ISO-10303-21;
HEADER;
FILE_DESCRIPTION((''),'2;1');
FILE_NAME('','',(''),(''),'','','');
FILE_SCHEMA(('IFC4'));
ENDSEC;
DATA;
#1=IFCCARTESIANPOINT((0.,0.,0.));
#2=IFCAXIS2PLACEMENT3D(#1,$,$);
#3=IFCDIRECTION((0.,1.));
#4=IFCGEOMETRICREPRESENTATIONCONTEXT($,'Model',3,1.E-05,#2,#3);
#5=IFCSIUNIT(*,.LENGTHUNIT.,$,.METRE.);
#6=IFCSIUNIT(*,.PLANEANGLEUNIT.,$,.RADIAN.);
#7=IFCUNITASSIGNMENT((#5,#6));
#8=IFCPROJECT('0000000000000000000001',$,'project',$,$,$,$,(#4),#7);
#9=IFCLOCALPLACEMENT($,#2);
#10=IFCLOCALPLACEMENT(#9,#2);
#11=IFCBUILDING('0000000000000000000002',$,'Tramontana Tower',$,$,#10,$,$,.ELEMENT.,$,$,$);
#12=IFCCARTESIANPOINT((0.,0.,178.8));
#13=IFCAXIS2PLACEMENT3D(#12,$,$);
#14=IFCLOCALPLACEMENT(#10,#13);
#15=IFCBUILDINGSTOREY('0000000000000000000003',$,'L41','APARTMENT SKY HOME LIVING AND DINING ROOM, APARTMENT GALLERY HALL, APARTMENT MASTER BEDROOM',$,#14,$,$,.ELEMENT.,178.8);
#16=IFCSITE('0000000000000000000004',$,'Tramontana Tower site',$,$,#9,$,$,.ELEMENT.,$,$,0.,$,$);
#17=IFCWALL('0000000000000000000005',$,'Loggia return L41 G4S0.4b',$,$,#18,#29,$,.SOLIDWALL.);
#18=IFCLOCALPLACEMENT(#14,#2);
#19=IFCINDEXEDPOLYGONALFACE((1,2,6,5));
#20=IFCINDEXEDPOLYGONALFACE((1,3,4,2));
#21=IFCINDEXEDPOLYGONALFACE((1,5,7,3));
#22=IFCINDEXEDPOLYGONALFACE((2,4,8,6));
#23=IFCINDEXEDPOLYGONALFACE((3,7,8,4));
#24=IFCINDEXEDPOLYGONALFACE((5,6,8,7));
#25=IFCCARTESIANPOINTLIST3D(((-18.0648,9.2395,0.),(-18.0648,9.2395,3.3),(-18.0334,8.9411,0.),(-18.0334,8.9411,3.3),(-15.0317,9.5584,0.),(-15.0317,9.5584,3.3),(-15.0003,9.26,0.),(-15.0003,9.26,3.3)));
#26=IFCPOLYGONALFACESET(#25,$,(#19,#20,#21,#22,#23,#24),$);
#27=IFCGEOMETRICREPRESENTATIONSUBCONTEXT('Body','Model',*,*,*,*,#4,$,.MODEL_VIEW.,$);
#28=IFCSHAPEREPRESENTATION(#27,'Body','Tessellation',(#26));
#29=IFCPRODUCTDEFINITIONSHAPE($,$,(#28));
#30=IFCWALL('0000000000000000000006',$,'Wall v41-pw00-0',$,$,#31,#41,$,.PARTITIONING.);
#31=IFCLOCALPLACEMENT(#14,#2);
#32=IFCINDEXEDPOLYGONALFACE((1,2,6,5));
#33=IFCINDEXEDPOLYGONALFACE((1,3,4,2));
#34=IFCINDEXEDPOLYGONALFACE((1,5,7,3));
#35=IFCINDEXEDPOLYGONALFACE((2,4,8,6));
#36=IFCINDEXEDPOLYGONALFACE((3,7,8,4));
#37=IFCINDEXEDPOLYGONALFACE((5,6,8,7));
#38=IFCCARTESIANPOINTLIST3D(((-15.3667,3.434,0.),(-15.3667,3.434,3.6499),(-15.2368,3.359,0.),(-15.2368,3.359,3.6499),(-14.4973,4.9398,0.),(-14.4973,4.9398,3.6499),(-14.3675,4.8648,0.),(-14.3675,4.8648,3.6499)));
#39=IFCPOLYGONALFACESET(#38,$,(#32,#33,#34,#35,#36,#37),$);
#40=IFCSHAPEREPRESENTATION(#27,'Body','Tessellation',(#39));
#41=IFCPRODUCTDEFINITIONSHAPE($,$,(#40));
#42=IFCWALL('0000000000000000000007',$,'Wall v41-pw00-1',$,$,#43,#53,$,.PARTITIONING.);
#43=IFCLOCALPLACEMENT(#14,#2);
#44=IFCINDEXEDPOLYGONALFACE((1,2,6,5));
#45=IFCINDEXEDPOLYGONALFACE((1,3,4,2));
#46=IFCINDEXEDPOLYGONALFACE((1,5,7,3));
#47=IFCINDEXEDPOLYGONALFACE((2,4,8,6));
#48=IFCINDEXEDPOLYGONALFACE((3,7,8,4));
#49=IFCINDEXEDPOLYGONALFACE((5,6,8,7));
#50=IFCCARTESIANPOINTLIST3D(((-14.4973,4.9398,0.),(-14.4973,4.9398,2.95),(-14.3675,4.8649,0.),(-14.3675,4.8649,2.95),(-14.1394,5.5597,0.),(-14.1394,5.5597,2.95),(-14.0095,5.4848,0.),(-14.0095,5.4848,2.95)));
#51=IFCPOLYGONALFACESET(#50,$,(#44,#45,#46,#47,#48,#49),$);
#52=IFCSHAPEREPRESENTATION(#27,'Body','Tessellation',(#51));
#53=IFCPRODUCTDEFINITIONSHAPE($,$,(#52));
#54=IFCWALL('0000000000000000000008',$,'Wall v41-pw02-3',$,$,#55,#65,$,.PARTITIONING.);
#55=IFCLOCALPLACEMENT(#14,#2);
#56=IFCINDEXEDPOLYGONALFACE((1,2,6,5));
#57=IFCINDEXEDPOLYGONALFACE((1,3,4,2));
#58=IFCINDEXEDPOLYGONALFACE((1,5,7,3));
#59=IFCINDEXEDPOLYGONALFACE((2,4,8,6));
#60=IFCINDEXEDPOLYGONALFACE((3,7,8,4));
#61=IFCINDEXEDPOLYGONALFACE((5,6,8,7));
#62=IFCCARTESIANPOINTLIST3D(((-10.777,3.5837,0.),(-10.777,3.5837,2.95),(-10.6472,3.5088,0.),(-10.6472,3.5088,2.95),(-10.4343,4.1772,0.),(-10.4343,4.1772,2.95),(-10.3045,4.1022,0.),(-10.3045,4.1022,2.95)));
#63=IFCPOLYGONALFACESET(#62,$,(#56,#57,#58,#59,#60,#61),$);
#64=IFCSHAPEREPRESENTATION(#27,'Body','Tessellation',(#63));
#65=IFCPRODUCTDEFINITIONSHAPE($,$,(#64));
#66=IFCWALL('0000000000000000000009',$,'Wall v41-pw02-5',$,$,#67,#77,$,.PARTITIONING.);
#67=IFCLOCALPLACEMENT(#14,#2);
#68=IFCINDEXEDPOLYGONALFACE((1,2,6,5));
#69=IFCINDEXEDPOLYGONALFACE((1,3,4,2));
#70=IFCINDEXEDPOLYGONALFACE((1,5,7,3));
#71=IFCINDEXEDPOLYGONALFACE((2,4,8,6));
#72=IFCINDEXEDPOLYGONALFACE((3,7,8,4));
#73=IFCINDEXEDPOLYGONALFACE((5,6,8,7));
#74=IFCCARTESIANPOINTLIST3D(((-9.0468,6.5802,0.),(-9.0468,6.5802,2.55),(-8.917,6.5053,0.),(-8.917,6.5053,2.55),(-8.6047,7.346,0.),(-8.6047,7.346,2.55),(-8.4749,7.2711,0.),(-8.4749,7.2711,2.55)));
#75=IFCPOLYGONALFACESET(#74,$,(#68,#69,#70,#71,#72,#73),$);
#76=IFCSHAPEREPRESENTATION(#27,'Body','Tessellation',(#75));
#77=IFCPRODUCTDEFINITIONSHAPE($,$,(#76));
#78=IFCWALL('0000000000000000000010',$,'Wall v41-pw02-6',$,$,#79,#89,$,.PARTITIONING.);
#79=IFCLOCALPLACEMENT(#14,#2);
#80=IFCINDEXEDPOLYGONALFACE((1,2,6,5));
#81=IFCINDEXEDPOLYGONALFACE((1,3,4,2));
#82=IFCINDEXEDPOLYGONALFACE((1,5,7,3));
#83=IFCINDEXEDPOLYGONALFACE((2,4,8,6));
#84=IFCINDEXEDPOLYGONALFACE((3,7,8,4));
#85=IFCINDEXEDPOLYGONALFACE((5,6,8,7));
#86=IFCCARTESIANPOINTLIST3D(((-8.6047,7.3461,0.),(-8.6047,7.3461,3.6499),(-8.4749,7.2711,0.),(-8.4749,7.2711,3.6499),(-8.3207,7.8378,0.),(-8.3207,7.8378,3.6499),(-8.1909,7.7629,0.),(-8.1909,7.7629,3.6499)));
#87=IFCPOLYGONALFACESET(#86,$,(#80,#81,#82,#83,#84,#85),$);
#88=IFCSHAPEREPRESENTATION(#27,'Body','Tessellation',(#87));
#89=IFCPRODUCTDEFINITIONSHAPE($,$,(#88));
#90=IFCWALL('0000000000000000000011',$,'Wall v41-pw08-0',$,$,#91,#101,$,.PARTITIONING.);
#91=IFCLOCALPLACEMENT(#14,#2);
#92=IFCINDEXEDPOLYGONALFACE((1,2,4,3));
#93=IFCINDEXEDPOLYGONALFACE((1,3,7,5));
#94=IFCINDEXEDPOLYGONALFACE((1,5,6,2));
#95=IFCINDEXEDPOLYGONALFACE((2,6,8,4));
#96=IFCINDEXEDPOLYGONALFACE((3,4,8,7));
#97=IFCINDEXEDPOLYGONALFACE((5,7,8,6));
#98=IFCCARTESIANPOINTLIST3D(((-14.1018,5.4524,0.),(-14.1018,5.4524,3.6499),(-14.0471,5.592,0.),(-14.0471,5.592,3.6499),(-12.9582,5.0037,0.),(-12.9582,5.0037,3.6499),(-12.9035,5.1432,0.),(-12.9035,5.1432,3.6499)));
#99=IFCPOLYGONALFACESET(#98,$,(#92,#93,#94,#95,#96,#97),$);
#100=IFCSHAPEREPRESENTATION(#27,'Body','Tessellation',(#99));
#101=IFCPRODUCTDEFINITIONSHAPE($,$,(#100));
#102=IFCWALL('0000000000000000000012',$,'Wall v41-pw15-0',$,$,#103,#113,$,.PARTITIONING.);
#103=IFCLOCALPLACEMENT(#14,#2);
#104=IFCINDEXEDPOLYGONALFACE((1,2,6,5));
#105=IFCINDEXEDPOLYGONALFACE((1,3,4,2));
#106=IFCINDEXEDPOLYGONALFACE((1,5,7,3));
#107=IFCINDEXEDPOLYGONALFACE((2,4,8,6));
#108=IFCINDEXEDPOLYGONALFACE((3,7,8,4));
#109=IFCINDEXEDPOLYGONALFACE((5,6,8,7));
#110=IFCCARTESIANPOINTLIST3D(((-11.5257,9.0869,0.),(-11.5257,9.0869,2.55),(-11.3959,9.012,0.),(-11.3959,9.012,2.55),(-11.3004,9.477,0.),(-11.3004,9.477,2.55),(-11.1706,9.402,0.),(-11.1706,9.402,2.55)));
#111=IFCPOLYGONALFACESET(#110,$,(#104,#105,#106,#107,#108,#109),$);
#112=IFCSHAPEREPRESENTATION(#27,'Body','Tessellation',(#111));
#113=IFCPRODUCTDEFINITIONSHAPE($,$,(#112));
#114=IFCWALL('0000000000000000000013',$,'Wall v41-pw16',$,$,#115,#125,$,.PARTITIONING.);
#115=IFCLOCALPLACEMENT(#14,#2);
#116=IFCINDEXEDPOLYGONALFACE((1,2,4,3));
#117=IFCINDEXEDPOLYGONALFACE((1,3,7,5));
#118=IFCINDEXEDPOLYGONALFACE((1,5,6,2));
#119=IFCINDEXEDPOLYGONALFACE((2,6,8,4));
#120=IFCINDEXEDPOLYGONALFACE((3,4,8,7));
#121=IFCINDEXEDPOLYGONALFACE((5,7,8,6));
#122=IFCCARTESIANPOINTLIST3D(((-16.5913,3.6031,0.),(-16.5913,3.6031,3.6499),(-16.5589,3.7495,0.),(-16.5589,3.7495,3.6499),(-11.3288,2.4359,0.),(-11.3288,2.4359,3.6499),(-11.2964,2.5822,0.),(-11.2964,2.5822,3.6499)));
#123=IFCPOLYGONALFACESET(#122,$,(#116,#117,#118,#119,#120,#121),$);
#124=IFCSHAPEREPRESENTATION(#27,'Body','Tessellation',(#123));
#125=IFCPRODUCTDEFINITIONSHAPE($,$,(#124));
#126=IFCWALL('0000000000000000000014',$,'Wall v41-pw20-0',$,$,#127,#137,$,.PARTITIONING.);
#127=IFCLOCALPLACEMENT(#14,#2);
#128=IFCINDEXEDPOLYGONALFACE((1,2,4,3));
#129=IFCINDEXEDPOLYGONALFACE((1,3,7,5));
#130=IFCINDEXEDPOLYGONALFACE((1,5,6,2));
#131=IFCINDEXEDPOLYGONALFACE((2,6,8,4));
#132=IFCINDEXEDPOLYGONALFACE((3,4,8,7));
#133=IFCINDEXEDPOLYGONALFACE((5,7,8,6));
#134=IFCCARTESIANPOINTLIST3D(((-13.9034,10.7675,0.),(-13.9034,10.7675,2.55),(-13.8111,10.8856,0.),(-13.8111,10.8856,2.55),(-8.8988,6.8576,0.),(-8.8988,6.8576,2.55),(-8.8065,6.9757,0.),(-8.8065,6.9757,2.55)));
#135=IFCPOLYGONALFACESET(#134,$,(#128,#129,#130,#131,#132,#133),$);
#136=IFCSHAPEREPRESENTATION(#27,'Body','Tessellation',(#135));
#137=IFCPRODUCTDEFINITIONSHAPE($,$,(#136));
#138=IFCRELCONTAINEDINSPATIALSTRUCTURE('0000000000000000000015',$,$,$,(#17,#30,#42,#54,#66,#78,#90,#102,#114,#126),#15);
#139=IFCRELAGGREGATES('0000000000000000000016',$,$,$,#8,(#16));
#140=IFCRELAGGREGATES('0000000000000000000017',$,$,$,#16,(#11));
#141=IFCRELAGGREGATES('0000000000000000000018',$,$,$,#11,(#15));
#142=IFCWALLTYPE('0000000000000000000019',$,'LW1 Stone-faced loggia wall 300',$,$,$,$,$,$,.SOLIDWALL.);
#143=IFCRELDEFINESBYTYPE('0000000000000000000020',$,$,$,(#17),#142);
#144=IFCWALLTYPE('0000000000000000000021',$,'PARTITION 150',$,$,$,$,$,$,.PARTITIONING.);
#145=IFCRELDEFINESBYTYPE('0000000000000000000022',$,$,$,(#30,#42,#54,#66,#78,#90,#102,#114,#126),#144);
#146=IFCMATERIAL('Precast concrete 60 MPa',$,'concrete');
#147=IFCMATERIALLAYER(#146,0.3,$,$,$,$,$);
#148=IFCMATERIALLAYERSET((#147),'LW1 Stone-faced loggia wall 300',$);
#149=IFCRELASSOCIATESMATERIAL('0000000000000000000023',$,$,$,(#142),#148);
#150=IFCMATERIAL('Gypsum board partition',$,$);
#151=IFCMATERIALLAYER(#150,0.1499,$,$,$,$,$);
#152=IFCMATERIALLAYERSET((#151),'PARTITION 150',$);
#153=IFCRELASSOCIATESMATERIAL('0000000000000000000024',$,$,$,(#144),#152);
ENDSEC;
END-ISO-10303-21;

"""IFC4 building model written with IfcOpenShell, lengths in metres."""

from ifc_helpers import new_model, si_unit, direction, frame, frame_2d, origin, place, context, subcontext, project, spatial, rectangle, extrude, material, layer, layer_set, type_object, element, save


model = new_model("IFC4")

# Units and contexts
model_context = context("Model", 3, precision=1e-05, world=origin(), true_north=direction((0.0, 1.0)))
body_context = subcontext(model_context, "Body", "Model", "MODEL_VIEW")
ifc_project = project(units=[si_unit("LENGTHUNIT", "METRE"), si_unit("PLANEANGLEUNIT", "RADIAN")], contexts=[model_context])

# Site, building, storey
site_placement = place(None, origin())
site = spatial("IfcSite", under=ifc_project, at=site_placement, Name="Tramontana Tower site", CompositionType="ELEMENT", RefElevation=0.0)
building_placement = place(site_placement, origin())
building = spatial("IfcBuilding", under=site, at=building_placement, Name="Tramontana Tower", CompositionType="ELEMENT")
storey_placement = place(building_placement, frame((0.0, 0.0, 178.8)))
storey = spatial("IfcBuildingStorey", under=building, at=storey_placement, Name="L41", Description="APARTMENT SKY HOME LIVING AND DINING ROOM, APARTMENT GALLERY HALL, APARTMENT MASTER BEDROOM", CompositionType="ELEMENT", Elevation=178.8)

# Walls
ifc_material_1 = material(Name="Precast concrete 60 MPa", Category="concrete")
ifc_layer_1 = layer(ifc_material_1, 0.3)
ifc_layer_set_1 = layer_set([ifc_layer_1], Name="LW1 Stone-faced loggia wall 300")
wall_type_1 = type_object("IfcWallType", Name="LW1 Stone-faced loggia wall 300", PredefinedType="SOLIDWALL", material=ifc_layer_set_1)
wall_1_placement = place(storey_placement, frame((-18.0491, 9.0903, 0.0), z_axis=(0.0, 0.0, 1.0), x_axis=(0.99452, 0.104543, 0.0)))
element("IfcWall", 1, at=wall_1_placement, inside=storey, type_object=wall_type_1, Name="Loggia return L41 G4S0.4b", PredefinedType="SOLIDWALL", context=body_context, shape_type="SweptSolid", body=[
    extrude(rectangle(XDim=3.0498, YDim=0.3, at=frame_2d((1.5249, 0.0))), origin(), (0.0, 0.0, 1.0), 3.3),
])
ifc_material_2 = material(Name="Gypsum board partition")
ifc_layer_2 = layer(ifc_material_2, 0.1499)
ifc_layer_set_2 = layer_set([ifc_layer_2], Name="PARTITION 150")
wall_type_2 = type_object("IfcWallType", Name="PARTITION 150", PredefinedType="PARTITIONING", material=ifc_layer_set_2)
wall_2_placement = place(storey_placement, frame((-15.3018, 3.3965, 0.0), z_axis=(0.0, 0.0, 1.0), x_axis=(0.49999, 0.866031, 0.0)))
element("IfcWall", 2, at=wall_2_placement, inside=storey, type_object=wall_type_2, Name="Wall v41-pw00-0", PredefinedType="PARTITIONING", context=body_context, shape_type="SweptSolid", body=[
    extrude(rectangle(XDim=1.7388, YDim=0.1499, at=frame_2d((0.8694, 0.0))), origin(), (0.0, 0.0, 1.0), 3.6499),
])
wall_3_placement = place(storey_placement, frame((-14.4324, 4.9023, 0.0), z_axis=(0.0, 0.0, 1.0), x_axis=(0.500028, 0.86601, 0.0)))
element("IfcWall", 3, at=wall_3_placement, inside=storey, type_object=wall_type_2, Name="Wall v41-pw00-1", PredefinedType="PARTITIONING", context=body_context, shape_type="SweptSolid", body=[
    extrude(rectangle(XDim=0.7158, YDim=0.1499, at=frame_2d((0.3579, 0.0))), origin(), (0.0, 0.0, 1.0), 2.95),
])
wall_4_placement = place(storey_placement, frame((-10.7122, 3.5461, 0.0), z_axis=(0.0, 0.0, 1.0), x_axis=(0.500123, 0.865954, 0.0)))
element("IfcWall", 4, at=wall_4_placement, inside=storey, type_object=wall_type_2, Name="Wall v41-pw02-3", PredefinedType="PARTITIONING", context=body_context, shape_type="SweptSolid", body=[
    extrude(rectangle(XDim=0.6853, YDim=0.1499, at=frame_2d((0.3428, 0.0))), origin(), (0.0, 0.0, 1.0), 2.95),
])

# Walls
wall_5_placement = place(storey_placement, frame((-8.9819, 6.5427, 0.0), z_axis=(0.0, 0.0, 1.0), x_axis=(0.499969, 0.866043, 0.0)))
element("IfcWall", 5, at=wall_5_placement, inside=storey, type_object=wall_type_2, Name="Wall v41-pw02-5", PredefinedType="PARTITIONING", context=body_context, shape_type="SweptSolid", body=[
    extrude(rectangle(XDim=0.8843, YDim=0.1499, at=frame_2d((0.4421, 0.0))), origin(), (0.0, 0.0, 1.0), 2.55),
])
wall_6_placement = place(storey_placement, frame((-8.5398, 7.3086, 0.0), z_axis=(0.0, 0.0, 1.0), x_axis=(0.50007, 0.865985, 0.0)))
element("IfcWall", 6, at=wall_6_placement, inside=storey, type_object=wall_type_2, Name="Wall v41-pw02-6", PredefinedType="PARTITIONING", context=body_context, shape_type="SweptSolid", body=[
    extrude(rectangle(XDim=0.5679, YDim=0.1499, at=frame_2d((0.2839, 0.0))), origin(), (0.0, 0.0, 1.0), 3.6499),
])

# Wall
wall_7_placement = place(storey_placement, frame((-14.0745, 5.5222, 0.0), z_axis=(0.0, 0.0, 1.0), x_axis=(0.930896, -0.365283, 0.0)))
element("IfcWall", 7, at=wall_7_placement, inside=storey, type_object=wall_type_2, Name="Wall v41-pw08-0", PredefinedType="PARTITIONING", context=body_context, shape_type="SweptSolid", body=[
    extrude(rectangle(XDim=1.2285, YDim=0.1499, at=frame_2d((0.6143, 0.0))), origin(), (0.0, 0.0, 1.0), 3.6499),
])

# Wall
wall_8_placement = place(storey_placement, frame((-11.4607, 9.0496, 0.0), z_axis=(0.0, 0.0, 1.0), x_axis=(0.50016, 0.865933, 0.0)))
element("IfcWall", 8, at=wall_8_placement, inside=storey, type_object=wall_type_2, Name="Wall v41-pw15-0", PredefinedType="PARTITIONING", context=body_context, shape_type="SweptSolid", body=[
    extrude(rectangle(XDim=0.4504, YDim=0.1499, at=frame_2d((0.2251, 0.0))), origin(), (0.0, 0.0, 1.0), 2.55),
])

# Walls
wall_9_placement = place(storey_placement, frame((-11.3125, 2.509, 0.0), z_axis=(0.0, 0.0, 1.0), x_axis=(-0.976273, 0.216542, 0.0)))
element("IfcWall", 9, at=wall_9_placement, inside=storey, type_object=wall_type_2, Name="Wall v41-pw16", PredefinedType="PARTITIONING", context=body_context, shape_type="SweptSolid", body=[
    extrude(rectangle(XDim=5.3904, YDim=0.1499, at=frame_2d((2.6953, 0.0))), origin(), (0.0, 0.0, 1.0), 3.6499),
])
wall_10_placement = place(storey_placement, frame((-8.8528, 6.9167, 0.0), z_axis=(0.0, 0.0, 1.0), x_axis=(-0.788021, 0.615648, 0.0)))
element("IfcWall", 10, at=wall_10_placement, inside=storey, type_object=wall_type_2, Name="Wall v41-pw20-0", PredefinedType="PARTITIONING", context=body_context, shape_type="SweptSolid", body=[
    extrude(rectangle(XDim=6.3508, YDim=0.1499, at=frame_2d((3.1753, 0.0))), origin(), (0.0, 0.0, 1.0), 2.55),
])

save(model, "model.ifc")
